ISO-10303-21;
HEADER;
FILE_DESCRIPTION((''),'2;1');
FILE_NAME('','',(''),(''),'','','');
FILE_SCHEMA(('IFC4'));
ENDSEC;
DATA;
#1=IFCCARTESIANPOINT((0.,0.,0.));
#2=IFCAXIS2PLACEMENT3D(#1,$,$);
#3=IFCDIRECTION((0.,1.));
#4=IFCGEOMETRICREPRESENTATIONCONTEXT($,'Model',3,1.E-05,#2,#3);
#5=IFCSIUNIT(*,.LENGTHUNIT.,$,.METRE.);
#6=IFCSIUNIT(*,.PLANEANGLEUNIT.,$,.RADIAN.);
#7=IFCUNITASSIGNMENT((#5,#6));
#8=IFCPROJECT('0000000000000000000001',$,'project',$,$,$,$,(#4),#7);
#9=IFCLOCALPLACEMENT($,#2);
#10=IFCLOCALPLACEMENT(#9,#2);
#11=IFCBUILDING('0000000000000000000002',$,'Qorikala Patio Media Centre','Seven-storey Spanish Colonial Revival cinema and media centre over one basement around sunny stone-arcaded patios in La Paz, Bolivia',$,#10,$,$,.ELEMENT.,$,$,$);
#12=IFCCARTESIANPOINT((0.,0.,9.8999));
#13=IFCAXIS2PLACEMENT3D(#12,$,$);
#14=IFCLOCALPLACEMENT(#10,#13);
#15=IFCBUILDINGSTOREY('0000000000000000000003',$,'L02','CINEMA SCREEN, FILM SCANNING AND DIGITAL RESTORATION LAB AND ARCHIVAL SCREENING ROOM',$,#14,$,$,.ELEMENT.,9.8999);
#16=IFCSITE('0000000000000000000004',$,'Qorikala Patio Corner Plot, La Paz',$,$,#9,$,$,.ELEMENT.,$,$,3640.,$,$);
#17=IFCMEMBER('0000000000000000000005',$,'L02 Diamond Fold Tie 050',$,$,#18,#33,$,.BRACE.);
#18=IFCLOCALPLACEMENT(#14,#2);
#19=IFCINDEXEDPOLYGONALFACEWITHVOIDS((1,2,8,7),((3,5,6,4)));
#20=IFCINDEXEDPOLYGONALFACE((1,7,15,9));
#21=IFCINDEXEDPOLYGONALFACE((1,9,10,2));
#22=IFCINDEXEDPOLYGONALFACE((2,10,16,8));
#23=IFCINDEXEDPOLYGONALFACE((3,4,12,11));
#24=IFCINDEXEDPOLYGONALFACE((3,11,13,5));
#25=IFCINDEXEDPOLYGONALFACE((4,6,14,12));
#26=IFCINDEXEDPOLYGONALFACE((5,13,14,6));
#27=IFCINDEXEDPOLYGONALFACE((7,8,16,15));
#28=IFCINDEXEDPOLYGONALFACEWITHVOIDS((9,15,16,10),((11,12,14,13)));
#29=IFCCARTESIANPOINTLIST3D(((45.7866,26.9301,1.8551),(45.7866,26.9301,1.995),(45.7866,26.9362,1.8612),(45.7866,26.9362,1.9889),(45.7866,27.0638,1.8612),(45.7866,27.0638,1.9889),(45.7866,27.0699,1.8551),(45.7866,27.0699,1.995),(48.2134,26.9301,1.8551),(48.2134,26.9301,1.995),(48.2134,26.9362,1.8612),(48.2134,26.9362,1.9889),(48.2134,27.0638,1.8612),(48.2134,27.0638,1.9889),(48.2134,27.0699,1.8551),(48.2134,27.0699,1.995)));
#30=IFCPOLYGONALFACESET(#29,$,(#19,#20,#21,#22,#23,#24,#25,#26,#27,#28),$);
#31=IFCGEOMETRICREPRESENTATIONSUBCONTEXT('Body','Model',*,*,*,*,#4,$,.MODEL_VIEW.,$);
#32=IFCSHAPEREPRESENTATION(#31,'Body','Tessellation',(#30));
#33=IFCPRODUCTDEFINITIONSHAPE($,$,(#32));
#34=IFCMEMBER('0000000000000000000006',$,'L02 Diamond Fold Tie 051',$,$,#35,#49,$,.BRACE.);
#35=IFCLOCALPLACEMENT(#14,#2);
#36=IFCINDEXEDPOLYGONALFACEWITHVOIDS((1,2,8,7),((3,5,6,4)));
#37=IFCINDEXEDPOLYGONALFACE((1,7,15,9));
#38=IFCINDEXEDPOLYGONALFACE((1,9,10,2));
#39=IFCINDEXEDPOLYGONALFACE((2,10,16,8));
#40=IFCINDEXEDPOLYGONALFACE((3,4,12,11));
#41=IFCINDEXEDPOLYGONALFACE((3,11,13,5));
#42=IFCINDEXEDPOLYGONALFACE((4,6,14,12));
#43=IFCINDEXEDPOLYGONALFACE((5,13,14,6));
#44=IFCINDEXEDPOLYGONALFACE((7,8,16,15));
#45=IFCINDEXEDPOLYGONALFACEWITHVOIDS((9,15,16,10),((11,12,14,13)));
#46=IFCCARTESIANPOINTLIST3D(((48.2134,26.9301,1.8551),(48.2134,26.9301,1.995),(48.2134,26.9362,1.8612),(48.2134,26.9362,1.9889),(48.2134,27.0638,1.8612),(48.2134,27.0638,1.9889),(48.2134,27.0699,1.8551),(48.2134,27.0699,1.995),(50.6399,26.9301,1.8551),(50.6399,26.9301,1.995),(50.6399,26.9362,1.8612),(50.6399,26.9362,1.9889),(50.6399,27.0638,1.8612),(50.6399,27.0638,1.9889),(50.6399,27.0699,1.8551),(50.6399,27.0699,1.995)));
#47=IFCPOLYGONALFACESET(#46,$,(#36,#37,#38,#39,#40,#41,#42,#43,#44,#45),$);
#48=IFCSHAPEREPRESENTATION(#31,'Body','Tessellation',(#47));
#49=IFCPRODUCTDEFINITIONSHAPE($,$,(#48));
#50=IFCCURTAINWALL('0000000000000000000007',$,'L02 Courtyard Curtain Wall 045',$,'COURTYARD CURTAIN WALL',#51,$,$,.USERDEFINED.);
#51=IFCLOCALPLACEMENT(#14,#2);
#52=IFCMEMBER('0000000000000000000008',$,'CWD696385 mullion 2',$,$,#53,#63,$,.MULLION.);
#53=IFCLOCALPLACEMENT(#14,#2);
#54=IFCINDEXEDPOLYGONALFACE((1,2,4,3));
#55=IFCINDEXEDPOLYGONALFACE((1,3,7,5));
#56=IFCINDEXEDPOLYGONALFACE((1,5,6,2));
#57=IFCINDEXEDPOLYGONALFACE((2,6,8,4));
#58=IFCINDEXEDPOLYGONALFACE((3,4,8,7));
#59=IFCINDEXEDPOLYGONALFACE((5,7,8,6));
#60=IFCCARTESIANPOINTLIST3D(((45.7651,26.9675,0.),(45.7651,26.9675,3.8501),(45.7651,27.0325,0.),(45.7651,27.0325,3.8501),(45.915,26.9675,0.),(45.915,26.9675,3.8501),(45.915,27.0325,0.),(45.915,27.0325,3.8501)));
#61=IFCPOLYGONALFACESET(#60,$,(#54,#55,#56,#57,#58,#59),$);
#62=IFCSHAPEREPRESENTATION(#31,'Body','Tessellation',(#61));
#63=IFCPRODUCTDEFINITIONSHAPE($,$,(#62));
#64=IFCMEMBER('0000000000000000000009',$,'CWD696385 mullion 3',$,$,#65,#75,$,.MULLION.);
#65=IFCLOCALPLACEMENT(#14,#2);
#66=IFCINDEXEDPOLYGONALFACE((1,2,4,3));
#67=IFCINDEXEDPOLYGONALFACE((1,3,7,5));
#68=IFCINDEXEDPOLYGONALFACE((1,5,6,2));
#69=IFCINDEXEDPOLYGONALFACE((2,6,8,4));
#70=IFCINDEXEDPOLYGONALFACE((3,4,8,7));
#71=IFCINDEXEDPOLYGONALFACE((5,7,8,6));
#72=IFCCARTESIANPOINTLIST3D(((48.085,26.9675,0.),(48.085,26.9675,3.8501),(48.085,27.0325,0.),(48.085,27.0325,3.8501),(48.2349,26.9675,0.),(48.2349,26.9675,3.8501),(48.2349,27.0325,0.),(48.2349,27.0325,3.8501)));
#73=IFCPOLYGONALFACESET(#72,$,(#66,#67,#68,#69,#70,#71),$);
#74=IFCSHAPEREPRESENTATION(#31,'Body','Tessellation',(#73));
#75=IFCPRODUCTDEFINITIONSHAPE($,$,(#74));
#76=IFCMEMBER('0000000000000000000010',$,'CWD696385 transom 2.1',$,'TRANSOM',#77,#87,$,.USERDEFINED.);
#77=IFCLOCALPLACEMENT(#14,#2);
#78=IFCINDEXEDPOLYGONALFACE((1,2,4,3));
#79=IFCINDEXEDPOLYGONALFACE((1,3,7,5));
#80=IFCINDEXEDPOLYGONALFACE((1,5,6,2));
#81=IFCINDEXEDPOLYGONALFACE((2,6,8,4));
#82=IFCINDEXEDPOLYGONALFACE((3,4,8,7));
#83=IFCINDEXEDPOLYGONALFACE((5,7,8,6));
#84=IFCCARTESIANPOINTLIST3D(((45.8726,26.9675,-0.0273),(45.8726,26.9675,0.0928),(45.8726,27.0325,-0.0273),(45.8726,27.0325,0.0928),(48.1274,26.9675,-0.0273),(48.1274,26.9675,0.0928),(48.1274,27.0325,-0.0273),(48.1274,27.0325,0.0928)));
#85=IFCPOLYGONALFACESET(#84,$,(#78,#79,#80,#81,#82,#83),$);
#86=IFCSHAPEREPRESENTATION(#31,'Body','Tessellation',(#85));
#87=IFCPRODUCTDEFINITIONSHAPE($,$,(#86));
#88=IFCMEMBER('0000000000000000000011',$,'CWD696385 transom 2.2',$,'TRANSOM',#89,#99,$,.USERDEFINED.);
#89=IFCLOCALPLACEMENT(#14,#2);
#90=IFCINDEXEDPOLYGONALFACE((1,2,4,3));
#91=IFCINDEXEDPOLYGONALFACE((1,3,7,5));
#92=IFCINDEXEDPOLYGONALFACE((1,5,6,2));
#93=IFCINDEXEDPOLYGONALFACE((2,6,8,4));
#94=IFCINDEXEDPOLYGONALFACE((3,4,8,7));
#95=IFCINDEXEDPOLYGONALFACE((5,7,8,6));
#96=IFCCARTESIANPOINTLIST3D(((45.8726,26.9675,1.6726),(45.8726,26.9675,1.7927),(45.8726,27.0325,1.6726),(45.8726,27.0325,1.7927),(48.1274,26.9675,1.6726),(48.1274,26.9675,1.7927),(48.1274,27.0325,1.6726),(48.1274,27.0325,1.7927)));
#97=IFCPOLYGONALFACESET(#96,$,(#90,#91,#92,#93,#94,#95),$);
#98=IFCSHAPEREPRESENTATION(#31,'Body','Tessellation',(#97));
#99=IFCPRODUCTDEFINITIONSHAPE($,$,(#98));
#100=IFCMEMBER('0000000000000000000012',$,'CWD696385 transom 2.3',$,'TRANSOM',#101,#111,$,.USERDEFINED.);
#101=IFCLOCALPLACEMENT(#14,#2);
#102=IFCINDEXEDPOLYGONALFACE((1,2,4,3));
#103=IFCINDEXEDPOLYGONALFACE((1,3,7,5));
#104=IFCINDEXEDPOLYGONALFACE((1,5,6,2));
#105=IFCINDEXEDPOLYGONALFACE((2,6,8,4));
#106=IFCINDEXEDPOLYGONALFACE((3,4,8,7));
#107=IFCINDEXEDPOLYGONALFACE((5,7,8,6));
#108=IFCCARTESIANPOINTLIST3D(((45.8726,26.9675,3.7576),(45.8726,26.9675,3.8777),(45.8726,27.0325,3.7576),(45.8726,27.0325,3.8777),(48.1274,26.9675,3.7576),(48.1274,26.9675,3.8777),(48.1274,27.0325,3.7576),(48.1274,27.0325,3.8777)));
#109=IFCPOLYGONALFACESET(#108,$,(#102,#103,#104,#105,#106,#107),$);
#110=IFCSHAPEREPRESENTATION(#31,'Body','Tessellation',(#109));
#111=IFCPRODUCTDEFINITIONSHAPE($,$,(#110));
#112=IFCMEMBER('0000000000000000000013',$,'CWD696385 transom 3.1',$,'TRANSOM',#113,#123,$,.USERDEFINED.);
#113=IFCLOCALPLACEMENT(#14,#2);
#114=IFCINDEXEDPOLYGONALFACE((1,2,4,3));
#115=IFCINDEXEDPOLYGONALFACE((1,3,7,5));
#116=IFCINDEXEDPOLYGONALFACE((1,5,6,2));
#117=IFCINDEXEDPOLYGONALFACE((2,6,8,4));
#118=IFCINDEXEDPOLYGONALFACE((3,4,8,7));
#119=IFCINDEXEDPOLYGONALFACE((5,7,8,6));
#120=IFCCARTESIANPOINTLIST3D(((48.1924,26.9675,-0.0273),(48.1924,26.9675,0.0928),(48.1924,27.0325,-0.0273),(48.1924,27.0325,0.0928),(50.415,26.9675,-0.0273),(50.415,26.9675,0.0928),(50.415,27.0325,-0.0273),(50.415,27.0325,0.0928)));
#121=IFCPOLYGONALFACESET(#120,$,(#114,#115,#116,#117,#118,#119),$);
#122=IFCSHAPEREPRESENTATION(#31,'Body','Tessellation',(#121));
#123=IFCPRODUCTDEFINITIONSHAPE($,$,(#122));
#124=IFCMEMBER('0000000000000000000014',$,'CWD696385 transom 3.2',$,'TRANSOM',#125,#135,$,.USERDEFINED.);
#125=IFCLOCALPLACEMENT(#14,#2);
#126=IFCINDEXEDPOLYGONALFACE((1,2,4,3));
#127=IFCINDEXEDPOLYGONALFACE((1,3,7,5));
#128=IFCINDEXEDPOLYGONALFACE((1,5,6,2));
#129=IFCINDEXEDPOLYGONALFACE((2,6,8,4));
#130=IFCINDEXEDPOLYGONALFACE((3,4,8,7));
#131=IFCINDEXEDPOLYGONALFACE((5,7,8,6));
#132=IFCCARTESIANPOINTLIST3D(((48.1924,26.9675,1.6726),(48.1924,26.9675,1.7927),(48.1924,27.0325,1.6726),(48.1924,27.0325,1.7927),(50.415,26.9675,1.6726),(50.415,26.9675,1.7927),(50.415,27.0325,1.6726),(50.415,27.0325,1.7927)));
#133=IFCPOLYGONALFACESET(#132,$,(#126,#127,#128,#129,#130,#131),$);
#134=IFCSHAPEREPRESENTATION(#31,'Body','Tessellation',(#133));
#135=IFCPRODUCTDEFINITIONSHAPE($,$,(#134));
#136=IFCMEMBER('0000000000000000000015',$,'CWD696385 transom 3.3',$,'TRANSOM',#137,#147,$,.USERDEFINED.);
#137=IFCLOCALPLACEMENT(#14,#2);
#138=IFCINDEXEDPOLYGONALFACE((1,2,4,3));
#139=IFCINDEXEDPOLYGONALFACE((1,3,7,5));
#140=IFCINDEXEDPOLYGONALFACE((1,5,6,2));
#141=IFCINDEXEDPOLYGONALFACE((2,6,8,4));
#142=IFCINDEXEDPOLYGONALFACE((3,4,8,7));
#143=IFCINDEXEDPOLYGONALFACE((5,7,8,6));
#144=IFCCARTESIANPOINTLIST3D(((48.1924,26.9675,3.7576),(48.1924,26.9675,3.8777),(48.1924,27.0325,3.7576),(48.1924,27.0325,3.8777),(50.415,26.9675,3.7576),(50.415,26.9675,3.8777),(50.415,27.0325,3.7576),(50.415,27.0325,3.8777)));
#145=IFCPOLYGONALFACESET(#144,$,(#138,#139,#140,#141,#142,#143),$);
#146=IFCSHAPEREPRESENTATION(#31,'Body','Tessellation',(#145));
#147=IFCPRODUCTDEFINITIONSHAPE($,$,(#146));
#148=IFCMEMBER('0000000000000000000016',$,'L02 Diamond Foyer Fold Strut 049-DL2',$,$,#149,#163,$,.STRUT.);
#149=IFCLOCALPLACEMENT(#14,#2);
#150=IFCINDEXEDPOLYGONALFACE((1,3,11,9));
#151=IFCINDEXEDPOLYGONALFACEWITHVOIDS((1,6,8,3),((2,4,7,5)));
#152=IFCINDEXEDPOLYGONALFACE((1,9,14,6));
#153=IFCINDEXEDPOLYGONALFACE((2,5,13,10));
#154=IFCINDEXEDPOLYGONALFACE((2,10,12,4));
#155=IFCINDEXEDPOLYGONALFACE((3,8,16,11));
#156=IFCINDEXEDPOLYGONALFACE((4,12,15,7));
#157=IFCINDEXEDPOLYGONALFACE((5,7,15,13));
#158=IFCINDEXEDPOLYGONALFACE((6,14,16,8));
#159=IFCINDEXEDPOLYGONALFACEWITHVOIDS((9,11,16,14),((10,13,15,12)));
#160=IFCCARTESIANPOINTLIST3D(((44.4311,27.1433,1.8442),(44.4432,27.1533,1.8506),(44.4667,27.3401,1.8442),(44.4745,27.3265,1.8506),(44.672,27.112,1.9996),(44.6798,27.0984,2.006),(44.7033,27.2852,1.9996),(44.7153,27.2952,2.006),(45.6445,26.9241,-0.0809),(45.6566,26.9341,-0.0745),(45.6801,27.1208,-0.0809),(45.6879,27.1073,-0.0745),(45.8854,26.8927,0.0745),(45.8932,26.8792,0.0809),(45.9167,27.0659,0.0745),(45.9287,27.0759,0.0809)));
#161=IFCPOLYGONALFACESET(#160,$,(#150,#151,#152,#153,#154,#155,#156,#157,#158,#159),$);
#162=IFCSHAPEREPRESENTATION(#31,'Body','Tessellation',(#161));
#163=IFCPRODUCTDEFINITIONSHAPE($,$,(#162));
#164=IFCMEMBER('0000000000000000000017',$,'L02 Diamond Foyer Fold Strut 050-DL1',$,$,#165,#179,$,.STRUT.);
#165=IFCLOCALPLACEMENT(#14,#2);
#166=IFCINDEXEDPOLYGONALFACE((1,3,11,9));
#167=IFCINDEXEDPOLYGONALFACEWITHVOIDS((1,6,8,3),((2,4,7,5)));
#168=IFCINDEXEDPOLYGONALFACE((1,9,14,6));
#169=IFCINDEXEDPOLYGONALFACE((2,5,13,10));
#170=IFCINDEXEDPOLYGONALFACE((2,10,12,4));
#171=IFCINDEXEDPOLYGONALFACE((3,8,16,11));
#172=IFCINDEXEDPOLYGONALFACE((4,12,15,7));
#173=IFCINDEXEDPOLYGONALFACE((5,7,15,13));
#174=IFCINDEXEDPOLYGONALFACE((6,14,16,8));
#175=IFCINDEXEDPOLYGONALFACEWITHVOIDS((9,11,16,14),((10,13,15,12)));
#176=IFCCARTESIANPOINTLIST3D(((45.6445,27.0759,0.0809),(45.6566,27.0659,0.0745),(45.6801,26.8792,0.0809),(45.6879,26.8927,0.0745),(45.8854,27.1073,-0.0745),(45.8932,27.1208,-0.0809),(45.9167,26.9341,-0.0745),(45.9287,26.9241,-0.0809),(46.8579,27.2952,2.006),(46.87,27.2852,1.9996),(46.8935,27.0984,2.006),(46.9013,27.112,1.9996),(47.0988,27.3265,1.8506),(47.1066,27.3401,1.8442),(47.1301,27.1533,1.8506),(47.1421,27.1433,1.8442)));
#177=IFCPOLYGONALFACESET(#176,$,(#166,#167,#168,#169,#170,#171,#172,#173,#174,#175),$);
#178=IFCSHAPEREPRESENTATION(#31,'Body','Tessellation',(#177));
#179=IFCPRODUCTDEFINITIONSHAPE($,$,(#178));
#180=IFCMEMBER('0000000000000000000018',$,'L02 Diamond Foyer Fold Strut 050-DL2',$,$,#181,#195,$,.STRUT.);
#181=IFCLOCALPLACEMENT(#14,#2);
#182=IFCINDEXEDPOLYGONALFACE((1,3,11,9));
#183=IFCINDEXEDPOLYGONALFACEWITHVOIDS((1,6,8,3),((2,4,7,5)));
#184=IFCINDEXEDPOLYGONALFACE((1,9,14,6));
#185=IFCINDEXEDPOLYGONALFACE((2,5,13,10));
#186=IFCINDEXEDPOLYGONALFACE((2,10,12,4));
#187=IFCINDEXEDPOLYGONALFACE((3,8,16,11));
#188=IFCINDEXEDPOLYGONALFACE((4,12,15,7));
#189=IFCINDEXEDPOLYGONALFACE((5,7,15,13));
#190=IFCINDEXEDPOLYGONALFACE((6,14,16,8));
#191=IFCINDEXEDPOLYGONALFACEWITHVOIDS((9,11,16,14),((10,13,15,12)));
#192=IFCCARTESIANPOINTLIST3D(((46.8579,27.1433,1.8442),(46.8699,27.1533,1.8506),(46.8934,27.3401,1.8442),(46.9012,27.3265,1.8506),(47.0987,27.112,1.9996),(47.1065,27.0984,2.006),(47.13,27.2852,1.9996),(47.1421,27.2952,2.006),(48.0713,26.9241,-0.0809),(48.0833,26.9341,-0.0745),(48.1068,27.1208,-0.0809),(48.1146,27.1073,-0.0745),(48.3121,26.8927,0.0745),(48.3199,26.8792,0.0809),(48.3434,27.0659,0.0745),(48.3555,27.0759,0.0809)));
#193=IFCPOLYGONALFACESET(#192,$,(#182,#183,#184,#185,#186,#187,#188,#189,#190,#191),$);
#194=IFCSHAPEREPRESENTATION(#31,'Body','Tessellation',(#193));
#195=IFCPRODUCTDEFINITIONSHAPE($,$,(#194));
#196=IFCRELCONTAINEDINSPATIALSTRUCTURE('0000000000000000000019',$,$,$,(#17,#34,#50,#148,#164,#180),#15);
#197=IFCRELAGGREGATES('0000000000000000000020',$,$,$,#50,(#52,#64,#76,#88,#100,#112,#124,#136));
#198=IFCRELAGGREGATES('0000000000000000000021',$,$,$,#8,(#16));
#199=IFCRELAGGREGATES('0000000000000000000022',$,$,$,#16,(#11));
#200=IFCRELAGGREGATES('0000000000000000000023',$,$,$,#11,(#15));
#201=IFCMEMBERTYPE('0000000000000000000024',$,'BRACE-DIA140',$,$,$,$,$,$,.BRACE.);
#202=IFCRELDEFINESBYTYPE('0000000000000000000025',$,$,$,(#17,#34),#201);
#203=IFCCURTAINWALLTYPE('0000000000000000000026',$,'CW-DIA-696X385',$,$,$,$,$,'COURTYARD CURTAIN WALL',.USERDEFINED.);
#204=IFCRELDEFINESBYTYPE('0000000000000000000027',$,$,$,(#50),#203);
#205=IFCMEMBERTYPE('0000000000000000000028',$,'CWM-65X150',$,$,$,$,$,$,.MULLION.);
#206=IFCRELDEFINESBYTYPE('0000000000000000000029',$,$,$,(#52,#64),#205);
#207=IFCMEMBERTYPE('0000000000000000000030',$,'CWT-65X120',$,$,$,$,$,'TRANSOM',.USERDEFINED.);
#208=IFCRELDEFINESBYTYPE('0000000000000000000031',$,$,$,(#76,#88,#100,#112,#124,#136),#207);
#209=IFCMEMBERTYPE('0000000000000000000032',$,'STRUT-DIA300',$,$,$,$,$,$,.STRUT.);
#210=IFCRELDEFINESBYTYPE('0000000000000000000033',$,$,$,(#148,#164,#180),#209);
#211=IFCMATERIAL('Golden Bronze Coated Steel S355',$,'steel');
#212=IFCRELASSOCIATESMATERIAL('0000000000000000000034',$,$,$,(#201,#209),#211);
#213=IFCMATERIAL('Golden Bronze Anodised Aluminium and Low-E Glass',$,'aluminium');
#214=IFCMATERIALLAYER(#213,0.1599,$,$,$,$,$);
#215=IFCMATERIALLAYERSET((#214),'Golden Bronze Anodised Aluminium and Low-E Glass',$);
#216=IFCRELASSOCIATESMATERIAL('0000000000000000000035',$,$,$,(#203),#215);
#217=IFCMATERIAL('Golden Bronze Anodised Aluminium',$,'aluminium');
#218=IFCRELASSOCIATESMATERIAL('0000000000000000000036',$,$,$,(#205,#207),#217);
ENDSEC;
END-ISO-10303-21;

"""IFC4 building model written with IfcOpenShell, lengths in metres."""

from ifc_helpers import new_model, si_unit, direction, frame, origin, origin_2d, place, context, subcontext, project, spatial, rectangle, hollow_rectangle, extrude, material, layer, layer_set, material_profile, profile_set, type_object, element, aggregate, save


model = new_model("IFC4")

# Units and contexts
model_context = context("Model", 3, precision=1e-05, world=origin(), true_north=direction((0.0, 1.0)))
body_context = subcontext(model_context, "Body", "Model", "MODEL_VIEW")
ifc_project = project(units=[si_unit("LENGTHUNIT", "METRE"), si_unit("PLANEANGLEUNIT", "RADIAN")], contexts=[model_context])

# Site, building, storey
site_placement = place(None, origin())
site = spatial("IfcSite", under=ifc_project, at=site_placement, Name="Qorikala Patio Corner Plot, La Paz", CompositionType="ELEMENT", RefElevation=3640.0)
building_placement = place(site_placement, origin())
building = spatial("IfcBuilding", under=site, at=building_placement, Name="Qorikala Patio Media Centre", Description="Seven-storey Spanish Colonial Revival cinema and media centre over one basement around sunny stone-arcaded patios in La Paz, Bolivia", CompositionType="ELEMENT")
storey_placement = place(building_placement, frame((0.0, 0.0, 9.8999)))
storey = spatial("IfcBuildingStorey", under=building, at=storey_placement, Name="L02", Description="CINEMA SCREEN, FILM SCANNING AND DIGITAL RESTORATION LAB AND ARCHIVAL SCREENING ROOM", CompositionType="ELEMENT", Elevation=9.8999)

# Members
ifc_material_1 = material(Name="Golden Bronze Coated Steel S355", Category="steel")
ifc_material_profile_1 = material_profile(ifc_material_1, hollow_rectangle(XDim=0.1399, YDim=0.1399, WallThickness=0.0061, at=origin_2d()), Name="HSS140X140X6")
ifc_profile_set_1 = profile_set([ifc_material_profile_1], Name="Golden Bronze Coated Steel S355")
member_type_1 = type_object("IfcMemberType", Name="BRACE-DIA140", PredefinedType="BRACE", material=ifc_profile_set_1)
member_1_placement = place(storey_placement, frame((45.7866, 27.0, 1.925), z_axis=(1.0, 0.0, 0.0), x_axis=(0.0, 1.0, 0.0)))
element("IfcMember", 1, at=member_1_placement, inside=storey, type_object=member_type_1, Name="L02 Diamond Fold Tie 050", PredefinedType="BRACE", context=body_context, shape_type="SweptSolid", body=[
    extrude(hollow_rectangle(XDim=0.1399, YDim=0.1399, WallThickness=0.0061, at=origin_2d()), origin(), (0.0, 0.0, 1.0), 2.4268),
])
member_2_placement = place(storey_placement, frame((48.2134, 27.0, 1.925), z_axis=(1.0, 0.0, 0.0), x_axis=(0.0, 1.0, 0.0)))
element("IfcMember", 2, at=member_2_placement, inside=storey, type_object=member_type_1, Name="L02 Diamond Fold Tie 051", PredefinedType="BRACE", context=body_context, shape_type="SweptSolid", body=[
    extrude(hollow_rectangle(XDim=0.1399, YDim=0.1399, WallThickness=0.0061, at=origin_2d()), origin(), (0.0, 0.0, 1.0), 2.4265),
])

# Curtain wall, members
ifc_material_2 = material(Name="Golden Bronze Anodised Aluminium and Low-E Glass", Category="aluminium")
ifc_layer_1 = layer(ifc_material_2, 0.1599)
ifc_layer_set_1 = layer_set([ifc_layer_1], Name="Golden Bronze Anodised Aluminium and Low-E Glass")
curtain_wall_type = type_object("IfcCurtainWallType", Name="CW-DIA-696X385", ElementType="COURTYARD CURTAIN WALL", PredefinedType="USERDEFINED", material=ifc_layer_set_1)
curtain_wall_placement = place(storey_placement, origin())
curtain_wall = element("IfcCurtainWall", 3, at=curtain_wall_placement, inside=storey, type_object=curtain_wall_type, Name="L02 Courtyard Curtain Wall 045", ObjectType="COURTYARD CURTAIN WALL", PredefinedType="USERDEFINED")
ifc_material_3 = material(Name="Golden Bronze Anodised Aluminium", Category="aluminium")
ifc_material_profile_2 = material_profile(ifc_material_3, rectangle(XDim=0.0649, YDim=0.1499, at=origin_2d()), Name="ALU MULLION 65x150")
ifc_profile_set_2 = profile_set([ifc_material_profile_2], Name="Golden Bronze Anodised Aluminium")
member_type_2 = type_object("IfcMemberType", Name="CWM-65X150", PredefinedType="MULLION", material=ifc_profile_set_2)
member_3_placement = place(storey_placement, frame((45.8401, 27.0, 0.0), z_axis=(0.0, 0.0, 1.0), x_axis=(0.0, 1.0, 0.0)))
member_3 = element("IfcMember", 4, at=member_3_placement, type_object=member_type_2, Name="CWD696385 mullion 2", PredefinedType="MULLION", context=body_context, shape_type="SweptSolid", body=[
    extrude(rectangle(XDim=0.0649, YDim=0.1499, at=origin_2d()), origin(), (0.0, 0.0, 1.0), 3.8501),
])
member_4_placement = place(storey_placement, frame((48.1599, 27.0, 0.0), z_axis=(0.0, 0.0, 1.0), x_axis=(0.0, 1.0, 0.0)))
member_4 = element("IfcMember", 5, at=member_4_placement, type_object=member_type_2, Name="CWD696385 mullion 3", PredefinedType="MULLION", context=body_context, shape_type="SweptSolid", body=[
    extrude(rectangle(XDim=0.0649, YDim=0.1499, at=origin_2d()), origin(), (0.0, 0.0, 1.0), 3.8501),
])
ifc_material_profile_3 = material_profile(ifc_material_3, rectangle(XDim=0.0649, YDim=0.1201, at=origin_2d()), Name="ALU TRANSOM 65x120")
ifc_profile_set_3 = profile_set([ifc_material_profile_3], Name="Golden Bronze Anodised Aluminium")
member_type_3 = type_object("IfcMemberType", Name="CWT-65X120", ElementType="TRANSOM", PredefinedType="USERDEFINED", material=ifc_profile_set_3)
member_5_placement = place(storey_placement, frame((45.8726, 27.0, 0.0327), z_axis=(1.0, 0.0, 0.0), x_axis=(0.0, 1.0, 0.0)))
member_5 = element("IfcMember", 6, at=member_5_placement, type_object=member_type_3, Name="CWD696385 transom 2.1", ObjectType="TRANSOM", PredefinedType="USERDEFINED", context=body_context, shape_type="SweptSolid", body=[
    extrude(rectangle(XDim=0.0649, YDim=0.1201, at=origin_2d()), origin(), (0.0, 0.0, 1.0), 2.2549),
])
member_6_placement = place(storey_placement, frame((45.8726, 27.0, 1.7327), z_axis=(1.0, 0.0, 0.0), x_axis=(0.0, 1.0, 0.0)))
member_6 = element("IfcMember", 7, at=member_6_placement, type_object=member_type_3, Name="CWD696385 transom 2.2", ObjectType="TRANSOM", PredefinedType="USERDEFINED", context=body_context, shape_type="SweptSolid", body=[
    extrude(rectangle(XDim=0.0649, YDim=0.1201, at=origin_2d()), origin(), (0.0, 0.0, 1.0), 2.2549),
])
member_7_placement = place(storey_placement, frame((45.8726, 27.0, 3.8176), z_axis=(1.0, 0.0, 0.0), x_axis=(0.0, 1.0, 0.0)))
member_7 = element("IfcMember", 8, at=member_7_placement, type_object=member_type_3, Name="CWD696385 transom 2.3", ObjectType="TRANSOM", PredefinedType="USERDEFINED", context=body_context, shape_type="SweptSolid", body=[
    extrude(rectangle(XDim=0.0649, YDim=0.1201, at=origin_2d()), origin(), (0.0, 0.0, 1.0), 2.2549),
])
member_8_placement = place(storey_placement, frame((48.1924, 27.0, 0.0327), z_axis=(1.0, 0.0, 0.0), x_axis=(0.0, 1.0, 0.0)))
member_8 = element("IfcMember", 9, at=member_8_placement, type_object=member_type_3, Name="CWD696385 transom 3.1", ObjectType="TRANSOM", PredefinedType="USERDEFINED", context=body_context, shape_type="SweptSolid", body=[
    extrude(rectangle(XDim=0.0649, YDim=0.1201, at=origin_2d()), origin(), (0.0, 0.0, 1.0), 2.2227),
])
member_9_placement = place(storey_placement, frame((48.1924, 27.0, 1.7327), z_axis=(1.0, 0.0, 0.0), x_axis=(0.0, 1.0, 0.0)))
member_9 = element("IfcMember", 10, at=member_9_placement, type_object=member_type_3, Name="CWD696385 transom 3.2", ObjectType="TRANSOM", PredefinedType="USERDEFINED", context=body_context, shape_type="SweptSolid", body=[
    extrude(rectangle(XDim=0.0649, YDim=0.1201, at=origin_2d()), origin(), (0.0, 0.0, 1.0), 2.2227),
])
member_10_placement = place(storey_placement, frame((48.1924, 27.0, 3.8176), z_axis=(1.0, 0.0, 0.0), x_axis=(0.0, 1.0, 0.0)))
member_10 = element("IfcMember", 11, at=member_10_placement, type_object=member_type_3, Name="CWD696385 transom 3.3", ObjectType="TRANSOM", PredefinedType="USERDEFINED", context=body_context, shape_type="SweptSolid", body=[
    extrude(rectangle(XDim=0.0649, YDim=0.1201, at=origin_2d()), origin(), (0.0, 0.0, 1.0), 2.2227),
])

# Members
ifc_material_profile_4 = material_profile(ifc_material_1, hollow_rectangle(XDim=0.2, YDim=0.3, WallThickness=0.012, at=origin_2d()), Name="HSS300X200X12")
ifc_profile_set_4 = profile_set([ifc_material_profile_4], Name="Golden Bronze Coated Steel S355")
member_type_4 = type_object("IfcMemberType", Name="STRUT-DIA300", PredefinedType="STRUT", material=ifc_profile_set_4)
for number, where, z_axis, x_axis, name in (
    (12, (45.7866, 27.0, 0.0), (-0.530768, 0.095901, 0.842074), (-0.177805, -0.984066, 0.0), "L02 Diamond Foyer Fold Strut 049-DL2"),
    (13, (45.7866, 27.0, 0.0), (0.530768, 0.095901, 0.842074), (-0.177805, 0.984066, 0.0), "L02 Diamond Foyer Fold Strut 050-DL1"),
    (14, (48.2134, 27.0, 0.0), (-0.530768, 0.095901, 0.842074), (-0.177805, -0.984066, 0.0), "L02 Diamond Foyer Fold Strut 050-DL2"),
):
    element("IfcMember", number, at=place(storey_placement, frame(where, z_axis=z_axis, x_axis=x_axis)), inside=storey, type_object=member_type_4, Name=name, PredefinedType="STRUT", context=body_context, shape_type="SweptSolid", body=[
        extrude(hollow_rectangle(XDim=0.2, YDim=0.3, WallThickness=0.012, at=origin_2d()), origin(), (0.0, 0.0, 1.0), 2.2861),
    ])

aggregate(curtain_wall, [member_3, member_4, member_5, member_6, member_7, member_8, member_9, member_10])

save(model, "model.ifc")
